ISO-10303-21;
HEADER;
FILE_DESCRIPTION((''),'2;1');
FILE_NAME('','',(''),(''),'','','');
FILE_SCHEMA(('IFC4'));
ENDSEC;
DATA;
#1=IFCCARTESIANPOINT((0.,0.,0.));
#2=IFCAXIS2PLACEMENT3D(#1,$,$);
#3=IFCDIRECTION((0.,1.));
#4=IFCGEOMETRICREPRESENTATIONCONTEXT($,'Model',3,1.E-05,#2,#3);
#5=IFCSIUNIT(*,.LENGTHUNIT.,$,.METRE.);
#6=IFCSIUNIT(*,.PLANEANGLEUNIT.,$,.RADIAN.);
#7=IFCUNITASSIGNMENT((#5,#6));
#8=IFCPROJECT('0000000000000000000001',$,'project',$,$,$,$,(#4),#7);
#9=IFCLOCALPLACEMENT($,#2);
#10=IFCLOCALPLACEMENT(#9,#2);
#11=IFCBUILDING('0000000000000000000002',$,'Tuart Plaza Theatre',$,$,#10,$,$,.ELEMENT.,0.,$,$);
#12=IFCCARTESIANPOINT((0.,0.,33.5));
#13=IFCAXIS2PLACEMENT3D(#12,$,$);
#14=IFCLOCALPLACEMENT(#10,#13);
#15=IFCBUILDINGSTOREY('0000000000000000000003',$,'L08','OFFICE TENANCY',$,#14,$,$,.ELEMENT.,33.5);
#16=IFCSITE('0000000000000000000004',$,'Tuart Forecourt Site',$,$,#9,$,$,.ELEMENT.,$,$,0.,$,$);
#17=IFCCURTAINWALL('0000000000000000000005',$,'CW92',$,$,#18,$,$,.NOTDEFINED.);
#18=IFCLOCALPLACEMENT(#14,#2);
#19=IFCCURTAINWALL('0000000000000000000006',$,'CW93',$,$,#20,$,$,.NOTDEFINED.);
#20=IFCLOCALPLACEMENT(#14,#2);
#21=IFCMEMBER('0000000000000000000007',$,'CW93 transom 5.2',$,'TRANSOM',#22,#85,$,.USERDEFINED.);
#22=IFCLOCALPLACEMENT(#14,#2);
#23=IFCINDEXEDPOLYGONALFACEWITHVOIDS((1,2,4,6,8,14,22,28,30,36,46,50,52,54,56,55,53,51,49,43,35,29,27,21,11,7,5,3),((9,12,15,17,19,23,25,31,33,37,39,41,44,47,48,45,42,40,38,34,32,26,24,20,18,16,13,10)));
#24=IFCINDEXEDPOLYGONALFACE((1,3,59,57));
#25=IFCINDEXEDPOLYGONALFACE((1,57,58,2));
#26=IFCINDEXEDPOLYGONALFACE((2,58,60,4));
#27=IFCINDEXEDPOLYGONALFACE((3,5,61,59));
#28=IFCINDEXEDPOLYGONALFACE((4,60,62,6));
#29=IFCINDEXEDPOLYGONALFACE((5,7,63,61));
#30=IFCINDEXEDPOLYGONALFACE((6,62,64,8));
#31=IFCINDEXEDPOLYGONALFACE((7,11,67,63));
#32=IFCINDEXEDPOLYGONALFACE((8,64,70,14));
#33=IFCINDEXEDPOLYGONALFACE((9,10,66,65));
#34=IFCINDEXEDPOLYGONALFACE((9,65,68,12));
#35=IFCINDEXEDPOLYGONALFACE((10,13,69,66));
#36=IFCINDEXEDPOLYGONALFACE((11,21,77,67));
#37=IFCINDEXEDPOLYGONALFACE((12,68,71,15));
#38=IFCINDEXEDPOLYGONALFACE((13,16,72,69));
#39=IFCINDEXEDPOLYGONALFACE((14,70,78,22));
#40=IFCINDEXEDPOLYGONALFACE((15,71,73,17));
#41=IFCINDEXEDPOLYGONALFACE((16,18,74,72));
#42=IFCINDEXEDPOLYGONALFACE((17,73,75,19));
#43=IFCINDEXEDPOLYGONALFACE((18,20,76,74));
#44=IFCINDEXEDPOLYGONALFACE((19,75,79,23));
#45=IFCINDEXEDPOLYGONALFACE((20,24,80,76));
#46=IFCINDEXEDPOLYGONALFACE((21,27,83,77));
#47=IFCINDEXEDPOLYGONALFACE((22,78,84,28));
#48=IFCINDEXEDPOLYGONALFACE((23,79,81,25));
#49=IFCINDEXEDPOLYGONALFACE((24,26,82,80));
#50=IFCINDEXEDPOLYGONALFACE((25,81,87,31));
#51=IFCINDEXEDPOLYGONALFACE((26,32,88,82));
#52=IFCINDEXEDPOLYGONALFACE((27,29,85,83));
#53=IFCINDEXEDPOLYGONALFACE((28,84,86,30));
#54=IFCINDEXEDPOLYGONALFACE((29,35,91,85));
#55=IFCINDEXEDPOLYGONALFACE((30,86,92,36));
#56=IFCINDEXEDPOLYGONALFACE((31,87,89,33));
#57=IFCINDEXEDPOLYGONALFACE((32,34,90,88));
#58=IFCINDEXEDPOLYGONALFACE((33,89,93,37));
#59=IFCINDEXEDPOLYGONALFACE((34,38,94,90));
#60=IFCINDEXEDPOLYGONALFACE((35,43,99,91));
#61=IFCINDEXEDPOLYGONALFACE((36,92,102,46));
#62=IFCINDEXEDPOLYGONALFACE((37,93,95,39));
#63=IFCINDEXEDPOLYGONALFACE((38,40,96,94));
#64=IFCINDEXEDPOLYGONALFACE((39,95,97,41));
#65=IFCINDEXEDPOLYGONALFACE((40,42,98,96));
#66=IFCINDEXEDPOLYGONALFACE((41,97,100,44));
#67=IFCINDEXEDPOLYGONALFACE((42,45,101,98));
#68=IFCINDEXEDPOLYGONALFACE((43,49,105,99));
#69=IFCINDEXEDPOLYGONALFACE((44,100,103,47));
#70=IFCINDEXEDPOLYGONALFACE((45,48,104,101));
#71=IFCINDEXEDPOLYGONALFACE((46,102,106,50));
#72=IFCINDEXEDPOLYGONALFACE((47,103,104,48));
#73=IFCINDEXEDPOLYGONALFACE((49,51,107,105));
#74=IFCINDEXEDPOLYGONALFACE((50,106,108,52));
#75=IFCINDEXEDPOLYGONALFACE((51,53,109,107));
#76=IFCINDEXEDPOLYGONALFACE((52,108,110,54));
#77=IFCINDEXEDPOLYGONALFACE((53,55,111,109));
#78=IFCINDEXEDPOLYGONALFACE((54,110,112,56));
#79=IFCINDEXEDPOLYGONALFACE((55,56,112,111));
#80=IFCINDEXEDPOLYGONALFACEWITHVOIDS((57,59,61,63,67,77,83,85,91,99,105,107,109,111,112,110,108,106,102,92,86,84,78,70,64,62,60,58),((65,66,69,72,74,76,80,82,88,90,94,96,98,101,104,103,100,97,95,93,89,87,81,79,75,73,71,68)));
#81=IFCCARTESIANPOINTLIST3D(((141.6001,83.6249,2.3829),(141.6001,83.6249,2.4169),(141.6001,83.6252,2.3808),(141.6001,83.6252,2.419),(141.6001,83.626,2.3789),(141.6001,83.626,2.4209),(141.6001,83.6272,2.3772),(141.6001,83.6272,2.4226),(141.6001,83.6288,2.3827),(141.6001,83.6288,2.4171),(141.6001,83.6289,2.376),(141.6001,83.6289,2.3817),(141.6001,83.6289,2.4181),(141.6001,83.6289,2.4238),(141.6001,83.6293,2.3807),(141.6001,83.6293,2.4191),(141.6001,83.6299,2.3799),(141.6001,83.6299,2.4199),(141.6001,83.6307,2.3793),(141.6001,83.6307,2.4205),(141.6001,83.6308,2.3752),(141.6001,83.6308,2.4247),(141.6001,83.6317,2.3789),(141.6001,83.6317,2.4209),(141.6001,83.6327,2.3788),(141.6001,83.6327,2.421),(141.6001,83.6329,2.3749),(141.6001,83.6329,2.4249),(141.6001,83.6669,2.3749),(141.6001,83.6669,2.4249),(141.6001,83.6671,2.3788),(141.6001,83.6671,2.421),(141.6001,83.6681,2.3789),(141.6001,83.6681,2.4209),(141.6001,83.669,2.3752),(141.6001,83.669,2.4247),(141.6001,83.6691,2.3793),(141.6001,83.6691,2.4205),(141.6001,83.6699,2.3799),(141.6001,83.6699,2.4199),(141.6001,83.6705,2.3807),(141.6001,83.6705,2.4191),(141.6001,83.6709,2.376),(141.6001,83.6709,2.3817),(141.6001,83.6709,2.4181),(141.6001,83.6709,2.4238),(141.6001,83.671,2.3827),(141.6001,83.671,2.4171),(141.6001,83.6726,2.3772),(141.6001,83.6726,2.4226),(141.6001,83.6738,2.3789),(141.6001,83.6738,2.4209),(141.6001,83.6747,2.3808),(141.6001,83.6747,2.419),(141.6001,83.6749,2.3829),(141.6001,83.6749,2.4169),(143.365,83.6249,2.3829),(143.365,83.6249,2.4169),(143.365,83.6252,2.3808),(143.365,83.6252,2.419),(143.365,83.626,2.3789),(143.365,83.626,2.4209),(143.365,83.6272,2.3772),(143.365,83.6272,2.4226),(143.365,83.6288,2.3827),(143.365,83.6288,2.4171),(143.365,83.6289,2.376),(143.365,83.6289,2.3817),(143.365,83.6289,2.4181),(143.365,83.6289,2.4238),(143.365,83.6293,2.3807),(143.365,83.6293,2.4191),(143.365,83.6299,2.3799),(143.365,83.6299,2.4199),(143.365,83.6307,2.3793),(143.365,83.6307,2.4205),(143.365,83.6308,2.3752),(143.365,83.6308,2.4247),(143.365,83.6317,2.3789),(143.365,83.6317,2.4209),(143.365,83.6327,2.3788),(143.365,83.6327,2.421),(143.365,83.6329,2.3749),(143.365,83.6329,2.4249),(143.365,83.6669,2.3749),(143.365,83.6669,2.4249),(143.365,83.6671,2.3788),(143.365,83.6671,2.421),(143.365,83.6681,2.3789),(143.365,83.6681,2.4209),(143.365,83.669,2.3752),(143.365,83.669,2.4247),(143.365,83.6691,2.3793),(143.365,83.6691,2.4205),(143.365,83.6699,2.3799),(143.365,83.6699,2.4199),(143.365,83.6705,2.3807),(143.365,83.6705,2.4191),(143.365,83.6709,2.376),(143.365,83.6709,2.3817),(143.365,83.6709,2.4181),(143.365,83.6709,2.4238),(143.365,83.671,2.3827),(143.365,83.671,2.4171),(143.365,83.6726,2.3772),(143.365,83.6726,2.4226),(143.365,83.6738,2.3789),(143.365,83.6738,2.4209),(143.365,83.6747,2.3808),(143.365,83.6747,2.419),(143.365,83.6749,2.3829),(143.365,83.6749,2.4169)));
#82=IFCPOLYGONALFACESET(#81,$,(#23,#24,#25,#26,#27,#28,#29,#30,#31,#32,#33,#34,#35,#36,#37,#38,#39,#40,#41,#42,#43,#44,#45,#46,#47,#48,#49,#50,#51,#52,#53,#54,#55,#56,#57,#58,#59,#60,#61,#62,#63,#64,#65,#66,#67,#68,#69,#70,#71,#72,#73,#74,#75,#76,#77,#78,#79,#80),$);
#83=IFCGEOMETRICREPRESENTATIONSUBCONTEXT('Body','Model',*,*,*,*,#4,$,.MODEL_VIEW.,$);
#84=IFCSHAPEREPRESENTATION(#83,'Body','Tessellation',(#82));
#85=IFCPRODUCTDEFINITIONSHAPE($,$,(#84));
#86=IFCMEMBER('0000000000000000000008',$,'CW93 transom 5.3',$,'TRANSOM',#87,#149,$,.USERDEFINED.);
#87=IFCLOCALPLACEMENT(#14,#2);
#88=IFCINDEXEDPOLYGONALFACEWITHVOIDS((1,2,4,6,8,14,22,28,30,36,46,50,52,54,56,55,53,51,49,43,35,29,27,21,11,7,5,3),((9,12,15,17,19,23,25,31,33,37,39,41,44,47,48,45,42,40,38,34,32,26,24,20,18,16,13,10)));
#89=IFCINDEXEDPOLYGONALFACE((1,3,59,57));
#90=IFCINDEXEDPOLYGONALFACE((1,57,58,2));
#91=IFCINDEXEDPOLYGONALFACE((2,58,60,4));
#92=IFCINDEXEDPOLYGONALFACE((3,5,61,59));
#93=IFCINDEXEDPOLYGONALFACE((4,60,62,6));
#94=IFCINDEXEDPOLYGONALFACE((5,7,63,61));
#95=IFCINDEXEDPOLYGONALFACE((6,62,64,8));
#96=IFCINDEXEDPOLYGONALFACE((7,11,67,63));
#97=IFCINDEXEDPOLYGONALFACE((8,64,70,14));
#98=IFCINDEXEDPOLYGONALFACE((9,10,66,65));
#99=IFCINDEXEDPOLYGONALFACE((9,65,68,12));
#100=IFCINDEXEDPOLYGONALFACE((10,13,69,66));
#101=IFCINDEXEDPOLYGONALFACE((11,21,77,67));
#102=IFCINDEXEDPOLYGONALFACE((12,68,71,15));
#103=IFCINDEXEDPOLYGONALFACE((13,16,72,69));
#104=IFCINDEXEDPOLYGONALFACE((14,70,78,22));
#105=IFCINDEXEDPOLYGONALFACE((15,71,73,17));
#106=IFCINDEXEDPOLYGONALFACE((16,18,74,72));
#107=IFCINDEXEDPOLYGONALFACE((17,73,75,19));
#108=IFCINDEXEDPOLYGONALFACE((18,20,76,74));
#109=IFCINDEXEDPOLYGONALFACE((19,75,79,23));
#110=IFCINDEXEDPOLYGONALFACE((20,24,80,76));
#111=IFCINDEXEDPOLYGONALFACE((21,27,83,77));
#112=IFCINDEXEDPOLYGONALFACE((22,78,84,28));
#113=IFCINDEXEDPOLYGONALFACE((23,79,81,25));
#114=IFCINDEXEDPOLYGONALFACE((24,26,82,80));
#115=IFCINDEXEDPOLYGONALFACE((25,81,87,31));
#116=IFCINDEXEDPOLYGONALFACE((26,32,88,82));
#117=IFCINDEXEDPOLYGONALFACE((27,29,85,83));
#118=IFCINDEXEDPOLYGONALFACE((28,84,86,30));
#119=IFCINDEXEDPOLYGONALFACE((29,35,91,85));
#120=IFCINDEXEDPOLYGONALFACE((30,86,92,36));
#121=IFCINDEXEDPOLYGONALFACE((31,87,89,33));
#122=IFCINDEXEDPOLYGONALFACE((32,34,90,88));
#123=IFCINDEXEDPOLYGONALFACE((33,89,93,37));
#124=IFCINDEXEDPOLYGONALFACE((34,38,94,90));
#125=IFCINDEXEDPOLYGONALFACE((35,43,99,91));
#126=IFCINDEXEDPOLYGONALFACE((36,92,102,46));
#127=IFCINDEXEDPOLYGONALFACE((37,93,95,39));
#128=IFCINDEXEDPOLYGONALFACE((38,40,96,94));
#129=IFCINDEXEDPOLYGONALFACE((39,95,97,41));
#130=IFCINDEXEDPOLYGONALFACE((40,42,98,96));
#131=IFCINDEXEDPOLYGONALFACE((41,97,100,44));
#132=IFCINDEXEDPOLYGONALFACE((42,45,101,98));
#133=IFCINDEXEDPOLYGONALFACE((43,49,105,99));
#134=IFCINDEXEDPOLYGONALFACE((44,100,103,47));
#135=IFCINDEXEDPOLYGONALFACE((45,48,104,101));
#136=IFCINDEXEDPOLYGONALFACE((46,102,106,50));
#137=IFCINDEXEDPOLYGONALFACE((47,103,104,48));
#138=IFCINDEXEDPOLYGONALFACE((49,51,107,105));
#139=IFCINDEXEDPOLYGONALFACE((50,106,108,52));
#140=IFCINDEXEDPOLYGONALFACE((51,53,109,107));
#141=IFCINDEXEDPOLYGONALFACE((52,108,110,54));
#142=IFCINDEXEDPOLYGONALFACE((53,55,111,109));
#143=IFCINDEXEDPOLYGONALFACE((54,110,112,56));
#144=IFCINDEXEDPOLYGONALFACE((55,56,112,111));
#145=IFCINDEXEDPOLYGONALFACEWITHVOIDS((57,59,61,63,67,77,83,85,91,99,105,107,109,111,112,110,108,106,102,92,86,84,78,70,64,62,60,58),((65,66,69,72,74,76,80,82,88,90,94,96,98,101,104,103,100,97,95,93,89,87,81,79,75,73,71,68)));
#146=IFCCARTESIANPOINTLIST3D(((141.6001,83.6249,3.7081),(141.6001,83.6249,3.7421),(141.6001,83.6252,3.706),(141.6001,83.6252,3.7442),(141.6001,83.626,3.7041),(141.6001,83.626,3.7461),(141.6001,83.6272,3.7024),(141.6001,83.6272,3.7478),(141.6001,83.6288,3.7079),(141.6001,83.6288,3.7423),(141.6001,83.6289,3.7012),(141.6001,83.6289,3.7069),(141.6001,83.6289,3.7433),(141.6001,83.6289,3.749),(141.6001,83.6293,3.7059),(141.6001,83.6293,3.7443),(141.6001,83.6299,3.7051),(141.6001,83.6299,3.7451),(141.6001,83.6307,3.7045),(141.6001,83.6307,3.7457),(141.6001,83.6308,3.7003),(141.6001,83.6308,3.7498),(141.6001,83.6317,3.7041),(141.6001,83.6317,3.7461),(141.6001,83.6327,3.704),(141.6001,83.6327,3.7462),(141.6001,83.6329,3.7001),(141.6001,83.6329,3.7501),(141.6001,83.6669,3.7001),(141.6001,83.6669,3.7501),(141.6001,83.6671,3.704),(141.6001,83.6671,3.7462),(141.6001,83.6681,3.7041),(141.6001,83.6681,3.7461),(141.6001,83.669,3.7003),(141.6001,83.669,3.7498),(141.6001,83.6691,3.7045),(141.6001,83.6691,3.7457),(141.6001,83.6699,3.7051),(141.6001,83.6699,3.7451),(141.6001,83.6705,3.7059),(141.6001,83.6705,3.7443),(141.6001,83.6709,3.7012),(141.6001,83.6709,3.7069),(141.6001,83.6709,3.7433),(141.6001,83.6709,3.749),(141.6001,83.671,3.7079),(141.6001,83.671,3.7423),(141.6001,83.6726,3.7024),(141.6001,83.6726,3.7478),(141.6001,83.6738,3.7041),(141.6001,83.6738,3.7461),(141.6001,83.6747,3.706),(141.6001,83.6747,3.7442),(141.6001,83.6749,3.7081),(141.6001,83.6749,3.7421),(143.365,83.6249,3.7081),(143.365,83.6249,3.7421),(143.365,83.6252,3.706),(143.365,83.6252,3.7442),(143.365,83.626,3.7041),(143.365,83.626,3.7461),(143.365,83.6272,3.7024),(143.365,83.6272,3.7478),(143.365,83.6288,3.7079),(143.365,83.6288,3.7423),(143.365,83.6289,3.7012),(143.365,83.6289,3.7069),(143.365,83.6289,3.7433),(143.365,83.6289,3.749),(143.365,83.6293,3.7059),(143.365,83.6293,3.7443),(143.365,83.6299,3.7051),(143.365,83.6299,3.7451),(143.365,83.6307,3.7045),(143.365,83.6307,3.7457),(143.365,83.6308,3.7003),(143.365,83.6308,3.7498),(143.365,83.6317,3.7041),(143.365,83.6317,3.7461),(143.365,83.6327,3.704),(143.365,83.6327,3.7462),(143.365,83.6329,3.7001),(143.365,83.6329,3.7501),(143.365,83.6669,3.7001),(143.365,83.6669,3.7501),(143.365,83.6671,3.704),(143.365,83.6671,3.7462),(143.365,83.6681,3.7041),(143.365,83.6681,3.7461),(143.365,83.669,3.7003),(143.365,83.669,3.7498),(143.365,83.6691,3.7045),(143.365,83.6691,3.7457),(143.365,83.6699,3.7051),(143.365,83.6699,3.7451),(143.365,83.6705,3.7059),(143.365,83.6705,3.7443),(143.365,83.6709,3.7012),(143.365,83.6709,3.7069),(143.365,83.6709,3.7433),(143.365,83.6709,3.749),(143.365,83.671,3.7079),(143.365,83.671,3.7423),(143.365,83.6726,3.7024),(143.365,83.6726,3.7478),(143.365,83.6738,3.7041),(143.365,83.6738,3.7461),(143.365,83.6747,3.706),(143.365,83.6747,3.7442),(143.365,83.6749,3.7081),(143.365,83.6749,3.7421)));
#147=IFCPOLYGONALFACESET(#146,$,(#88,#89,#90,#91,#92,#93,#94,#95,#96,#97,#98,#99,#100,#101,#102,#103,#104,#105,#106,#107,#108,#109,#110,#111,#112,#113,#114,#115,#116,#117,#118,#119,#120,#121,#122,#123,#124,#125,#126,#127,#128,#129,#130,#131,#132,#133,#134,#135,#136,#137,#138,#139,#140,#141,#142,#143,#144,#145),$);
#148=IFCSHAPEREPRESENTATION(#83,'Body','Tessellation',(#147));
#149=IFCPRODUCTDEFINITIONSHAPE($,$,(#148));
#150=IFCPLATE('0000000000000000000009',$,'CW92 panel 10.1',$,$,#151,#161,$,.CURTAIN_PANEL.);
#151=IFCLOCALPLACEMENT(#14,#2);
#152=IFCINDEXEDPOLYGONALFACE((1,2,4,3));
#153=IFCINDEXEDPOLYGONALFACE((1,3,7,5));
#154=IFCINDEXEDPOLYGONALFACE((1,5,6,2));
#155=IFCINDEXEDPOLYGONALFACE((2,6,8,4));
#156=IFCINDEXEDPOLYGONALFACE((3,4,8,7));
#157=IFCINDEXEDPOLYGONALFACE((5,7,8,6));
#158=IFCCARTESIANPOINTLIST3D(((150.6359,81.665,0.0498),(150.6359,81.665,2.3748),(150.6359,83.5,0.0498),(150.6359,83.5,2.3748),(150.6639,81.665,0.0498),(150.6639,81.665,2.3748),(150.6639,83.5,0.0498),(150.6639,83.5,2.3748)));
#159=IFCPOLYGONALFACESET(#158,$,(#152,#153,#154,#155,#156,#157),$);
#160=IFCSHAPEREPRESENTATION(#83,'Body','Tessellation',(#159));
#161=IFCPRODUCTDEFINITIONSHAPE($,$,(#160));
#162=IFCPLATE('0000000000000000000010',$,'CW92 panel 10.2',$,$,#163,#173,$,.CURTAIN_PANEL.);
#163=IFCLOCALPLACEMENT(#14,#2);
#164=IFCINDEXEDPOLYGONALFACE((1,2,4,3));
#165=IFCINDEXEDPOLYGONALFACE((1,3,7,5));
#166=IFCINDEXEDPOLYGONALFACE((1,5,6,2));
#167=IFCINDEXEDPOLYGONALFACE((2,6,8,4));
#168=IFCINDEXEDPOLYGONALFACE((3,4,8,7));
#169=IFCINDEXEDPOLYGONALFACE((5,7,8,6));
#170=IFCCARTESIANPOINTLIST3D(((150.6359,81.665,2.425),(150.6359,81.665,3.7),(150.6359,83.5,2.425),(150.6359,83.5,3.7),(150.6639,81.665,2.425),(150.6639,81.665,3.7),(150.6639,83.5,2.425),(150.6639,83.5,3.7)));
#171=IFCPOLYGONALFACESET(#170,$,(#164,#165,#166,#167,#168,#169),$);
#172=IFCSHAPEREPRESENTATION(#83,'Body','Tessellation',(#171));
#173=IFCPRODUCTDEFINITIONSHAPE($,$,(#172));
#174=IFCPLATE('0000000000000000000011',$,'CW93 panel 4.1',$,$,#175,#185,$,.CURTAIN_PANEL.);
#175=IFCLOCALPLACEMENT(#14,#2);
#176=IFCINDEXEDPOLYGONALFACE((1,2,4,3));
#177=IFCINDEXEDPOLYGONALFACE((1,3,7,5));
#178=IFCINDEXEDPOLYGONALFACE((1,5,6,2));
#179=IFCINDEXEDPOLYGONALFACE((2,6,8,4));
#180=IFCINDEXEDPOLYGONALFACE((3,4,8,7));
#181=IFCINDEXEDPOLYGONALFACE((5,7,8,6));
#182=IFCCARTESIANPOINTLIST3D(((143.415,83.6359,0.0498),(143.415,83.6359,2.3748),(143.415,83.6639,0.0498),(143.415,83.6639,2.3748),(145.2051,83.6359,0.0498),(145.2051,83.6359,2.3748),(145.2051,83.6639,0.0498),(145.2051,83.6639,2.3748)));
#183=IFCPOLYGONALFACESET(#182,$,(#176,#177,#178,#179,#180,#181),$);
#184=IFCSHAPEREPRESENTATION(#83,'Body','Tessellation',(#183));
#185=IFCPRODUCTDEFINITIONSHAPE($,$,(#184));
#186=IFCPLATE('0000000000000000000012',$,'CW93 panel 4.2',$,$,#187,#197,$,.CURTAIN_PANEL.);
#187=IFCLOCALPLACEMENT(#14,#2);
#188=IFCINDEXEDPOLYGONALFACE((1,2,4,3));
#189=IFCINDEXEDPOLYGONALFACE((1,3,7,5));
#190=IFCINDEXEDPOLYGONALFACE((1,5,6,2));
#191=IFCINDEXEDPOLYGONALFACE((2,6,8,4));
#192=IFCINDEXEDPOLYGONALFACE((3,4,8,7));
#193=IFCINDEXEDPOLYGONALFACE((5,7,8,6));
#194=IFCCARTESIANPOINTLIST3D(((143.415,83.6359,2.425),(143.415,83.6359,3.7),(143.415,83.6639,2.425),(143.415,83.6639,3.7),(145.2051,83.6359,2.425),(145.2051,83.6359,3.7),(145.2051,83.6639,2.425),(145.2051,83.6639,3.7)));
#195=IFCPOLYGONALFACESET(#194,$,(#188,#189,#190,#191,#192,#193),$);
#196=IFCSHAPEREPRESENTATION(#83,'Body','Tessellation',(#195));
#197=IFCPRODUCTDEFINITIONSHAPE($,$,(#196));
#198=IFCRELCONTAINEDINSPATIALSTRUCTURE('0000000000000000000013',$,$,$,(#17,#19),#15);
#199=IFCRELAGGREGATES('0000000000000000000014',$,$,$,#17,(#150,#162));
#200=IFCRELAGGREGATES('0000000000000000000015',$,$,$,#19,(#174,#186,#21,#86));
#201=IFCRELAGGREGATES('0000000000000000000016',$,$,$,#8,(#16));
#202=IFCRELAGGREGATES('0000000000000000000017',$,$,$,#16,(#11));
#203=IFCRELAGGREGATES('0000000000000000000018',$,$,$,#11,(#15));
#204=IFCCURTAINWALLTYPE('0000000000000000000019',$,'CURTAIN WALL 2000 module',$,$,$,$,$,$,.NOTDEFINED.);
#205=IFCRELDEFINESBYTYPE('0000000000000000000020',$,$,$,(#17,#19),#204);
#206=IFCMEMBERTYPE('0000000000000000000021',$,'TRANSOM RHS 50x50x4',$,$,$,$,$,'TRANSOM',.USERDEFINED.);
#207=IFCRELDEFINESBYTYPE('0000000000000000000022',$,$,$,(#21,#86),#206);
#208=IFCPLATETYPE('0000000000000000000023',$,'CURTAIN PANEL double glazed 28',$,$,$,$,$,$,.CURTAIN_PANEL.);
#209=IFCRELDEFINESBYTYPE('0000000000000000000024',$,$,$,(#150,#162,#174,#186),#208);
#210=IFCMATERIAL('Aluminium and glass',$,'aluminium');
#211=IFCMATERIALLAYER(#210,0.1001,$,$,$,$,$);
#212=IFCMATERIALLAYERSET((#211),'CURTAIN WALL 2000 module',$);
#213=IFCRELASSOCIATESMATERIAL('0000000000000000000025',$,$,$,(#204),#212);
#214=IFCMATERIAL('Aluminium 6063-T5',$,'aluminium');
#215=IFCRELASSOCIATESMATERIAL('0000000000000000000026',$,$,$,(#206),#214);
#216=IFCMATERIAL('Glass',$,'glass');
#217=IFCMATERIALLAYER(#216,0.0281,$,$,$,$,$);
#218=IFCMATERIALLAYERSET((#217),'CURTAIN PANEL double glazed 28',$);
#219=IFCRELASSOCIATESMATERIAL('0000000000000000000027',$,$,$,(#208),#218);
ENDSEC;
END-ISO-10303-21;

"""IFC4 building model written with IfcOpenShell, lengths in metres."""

from ifc_helpers import new_model, si_unit, direction, frame, origin, origin_2d, place, context, subcontext, project, spatial, rectangle, hollow_rectangle, extrude, material, layer, layer_set, material_profile, profile_set, type_object, element, aggregate, save


model = new_model("IFC4")

# Units and contexts
model_context = context("Model", 3, precision=1e-05, world=origin(), true_north=direction((0.0, 1.0)))
body_context = subcontext(model_context, "Body", "Model", "MODEL_VIEW")
ifc_project = project(units=[si_unit("LENGTHUNIT", "METRE"), si_unit("PLANEANGLEUNIT", "RADIAN")], contexts=[model_context])

# Site, building, storey
site_placement = place(None, origin())
site = spatial("IfcSite", under=ifc_project, at=site_placement, Name="Tuart Forecourt Site", CompositionType="ELEMENT", RefElevation=0.0)
building_placement = place(site_placement, origin())
building = spatial("IfcBuilding", under=site, at=building_placement, Name="Tuart Plaza Theatre", CompositionType="ELEMENT", ElevationOfRefHeight=0.0)
storey_placement = place(building_placement, frame((0.0, 0.0, 33.5)))
storey = spatial("IfcBuildingStorey", under=building, at=storey_placement, Name="L08", Description="OFFICE TENANCY", CompositionType="ELEMENT", Elevation=33.5)

# Curtain walls
ifc_material_1 = material(Name="Aluminium and glass", Category="aluminium")
ifc_layer_1 = layer(ifc_material_1, 0.1001)
ifc_layer_set_1 = layer_set([ifc_layer_1], Name="CURTAIN WALL 2000 module")
curtain_wall_type = type_object("IfcCurtainWallType", Name="CURTAIN WALL 2000 module", PredefinedType="NOTDEFINED", material=ifc_layer_set_1)
curtain_wall_1_placement = place(storey_placement, origin())
curtain_wall_1 = element("IfcCurtainWall", 1, at=curtain_wall_1_placement, inside=storey, type_object=curtain_wall_type, Name="CW92", PredefinedType="NOTDEFINED")
curtain_wall_2_placement = place(storey_placement, origin())
curtain_wall_2 = element("IfcCurtainWall", 2, at=curtain_wall_2_placement, inside=storey, type_object=curtain_wall_type, Name="CW93", PredefinedType="NOTDEFINED")

# Members
ifc_material_2 = material(Name="Aluminium 6063-T5", Category="aluminium")
ifc_material_profile_1 = material_profile(ifc_material_2, hollow_rectangle(XDim=0.05, YDim=0.05, WallThickness=0.0039, InnerFilletRadius=0.0039, OuterFilletRadius=0.0081, at=origin_2d()), Name="RHS 50x50x4")
ifc_profile_set_1 = profile_set([ifc_material_profile_1], Name="Aluminium 6063-T5")
member_type_1 = type_object("IfcMemberType", Name="TRANSOM RHS 50x50x4", ElementType="TRANSOM", PredefinedType="USERDEFINED", material=ifc_profile_set_1)
member_1_placement = place(storey_placement, frame((143.365, 83.6499, 2.3999), z_axis=(-1.0, 0.0, 0.0), x_axis=(0.0, -1.0, 0.0)))
member_1 = element("IfcMember", 3, at=member_1_placement, type_object=member_type_1, Name="CW93 transom 5.2", ObjectType="TRANSOM", PredefinedType="USERDEFINED", context=body_context, shape_type="SweptSolid", body=[
    extrude(hollow_rectangle(XDim=0.05, YDim=0.05, WallThickness=0.0039, InnerFilletRadius=0.0039, OuterFilletRadius=0.0081, at=origin_2d()), origin(), (0.0, 0.0, 1.0), 1.7649),
])
member_2_placement = place(storey_placement, frame((143.365, 83.6499, 3.7251), z_axis=(-1.0, 0.0, 0.0), x_axis=(0.0, -1.0, 0.0)))
member_2 = element("IfcMember", 4, at=member_2_placement, type_object=member_type_1, Name="CW93 transom 5.3", ObjectType="TRANSOM", PredefinedType="USERDEFINED", context=body_context, shape_type="SweptSolid", body=[
    extrude(hollow_rectangle(XDim=0.05, YDim=0.05, WallThickness=0.0039, InnerFilletRadius=0.0039, OuterFilletRadius=0.0081, at=origin_2d()), origin(), (0.0, 0.0, 1.0), 1.7649),
])

# Plates
ifc_material_3 = material(Name="Glass", Category="glass")
ifc_layer_2 = layer(ifc_material_3, 0.0281)
ifc_layer_set_2 = layer_set([ifc_layer_2], Name="CURTAIN PANEL double glazed 28")
plate_type = type_object("IfcPlateType", Name="CURTAIN PANEL double glazed 28", PredefinedType="CURTAIN_PANEL", material=ifc_layer_set_2)
plate_1_placement = place(storey_placement, frame((150.6499, 82.5825, 0.0498), z_axis=(0.0, 0.0, 1.0), x_axis=(0.0, 1.0, 0.0)))
plate_1 = element("IfcPlate", 5, at=plate_1_placement, type_object=plate_type, Name="CW92 panel 10.1", PredefinedType="CURTAIN_PANEL", context=body_context, shape_type="SweptSolid", body=[
    extrude(rectangle(XDim=1.835, YDim=0.0281, at=origin_2d()), origin(), (0.0, 0.0, 1.0), 2.325),
])
plate_2_placement = place(storey_placement, frame((150.6499, 82.5825, 2.425), z_axis=(0.0, 0.0, 1.0), x_axis=(0.0, 1.0, 0.0)))
plate_2 = element("IfcPlate", 6, at=plate_2_placement, type_object=plate_type, Name="CW92 panel 10.2", PredefinedType="CURTAIN_PANEL", context=body_context, shape_type="SweptSolid", body=[
    extrude(rectangle(XDim=1.835, YDim=0.0281, at=origin_2d()), origin(), (0.0, 0.0, 1.0), 1.2749),
])
aggregate(curtain_wall_1, [plate_1, plate_2])
plate_3_placement = place(storey_placement, frame((144.3101, 83.6499, 0.0498), z_axis=(0.0, 0.0, 1.0), x_axis=(-1.0, 0.0, 0.0)))
plate_3 = element("IfcPlate", 7, at=plate_3_placement, type_object=plate_type, Name="CW93 panel 4.1", PredefinedType="CURTAIN_PANEL", context=body_context, shape_type="SweptSolid", body=[
    extrude(rectangle(XDim=1.79, YDim=0.0281, at=origin_2d()), origin(), (0.0, 0.0, 1.0), 2.325),
])
plate_4_placement = place(storey_placement, frame((144.3101, 83.6499, 2.425), z_axis=(0.0, 0.0, 1.0), x_axis=(-1.0, 0.0, 0.0)))
plate_4 = element("IfcPlate", 8, at=plate_4_placement, type_object=plate_type, Name="CW93 panel 4.2", PredefinedType="CURTAIN_PANEL", context=body_context, shape_type="SweptSolid", body=[
    extrude(rectangle(XDim=1.79, YDim=0.0281, at=origin_2d()), origin(), (0.0, 0.0, 1.0), 1.2749),
])
aggregate(curtain_wall_2, [plate_3, plate_4, member_1, member_2])

save(model, "model.ifc")
